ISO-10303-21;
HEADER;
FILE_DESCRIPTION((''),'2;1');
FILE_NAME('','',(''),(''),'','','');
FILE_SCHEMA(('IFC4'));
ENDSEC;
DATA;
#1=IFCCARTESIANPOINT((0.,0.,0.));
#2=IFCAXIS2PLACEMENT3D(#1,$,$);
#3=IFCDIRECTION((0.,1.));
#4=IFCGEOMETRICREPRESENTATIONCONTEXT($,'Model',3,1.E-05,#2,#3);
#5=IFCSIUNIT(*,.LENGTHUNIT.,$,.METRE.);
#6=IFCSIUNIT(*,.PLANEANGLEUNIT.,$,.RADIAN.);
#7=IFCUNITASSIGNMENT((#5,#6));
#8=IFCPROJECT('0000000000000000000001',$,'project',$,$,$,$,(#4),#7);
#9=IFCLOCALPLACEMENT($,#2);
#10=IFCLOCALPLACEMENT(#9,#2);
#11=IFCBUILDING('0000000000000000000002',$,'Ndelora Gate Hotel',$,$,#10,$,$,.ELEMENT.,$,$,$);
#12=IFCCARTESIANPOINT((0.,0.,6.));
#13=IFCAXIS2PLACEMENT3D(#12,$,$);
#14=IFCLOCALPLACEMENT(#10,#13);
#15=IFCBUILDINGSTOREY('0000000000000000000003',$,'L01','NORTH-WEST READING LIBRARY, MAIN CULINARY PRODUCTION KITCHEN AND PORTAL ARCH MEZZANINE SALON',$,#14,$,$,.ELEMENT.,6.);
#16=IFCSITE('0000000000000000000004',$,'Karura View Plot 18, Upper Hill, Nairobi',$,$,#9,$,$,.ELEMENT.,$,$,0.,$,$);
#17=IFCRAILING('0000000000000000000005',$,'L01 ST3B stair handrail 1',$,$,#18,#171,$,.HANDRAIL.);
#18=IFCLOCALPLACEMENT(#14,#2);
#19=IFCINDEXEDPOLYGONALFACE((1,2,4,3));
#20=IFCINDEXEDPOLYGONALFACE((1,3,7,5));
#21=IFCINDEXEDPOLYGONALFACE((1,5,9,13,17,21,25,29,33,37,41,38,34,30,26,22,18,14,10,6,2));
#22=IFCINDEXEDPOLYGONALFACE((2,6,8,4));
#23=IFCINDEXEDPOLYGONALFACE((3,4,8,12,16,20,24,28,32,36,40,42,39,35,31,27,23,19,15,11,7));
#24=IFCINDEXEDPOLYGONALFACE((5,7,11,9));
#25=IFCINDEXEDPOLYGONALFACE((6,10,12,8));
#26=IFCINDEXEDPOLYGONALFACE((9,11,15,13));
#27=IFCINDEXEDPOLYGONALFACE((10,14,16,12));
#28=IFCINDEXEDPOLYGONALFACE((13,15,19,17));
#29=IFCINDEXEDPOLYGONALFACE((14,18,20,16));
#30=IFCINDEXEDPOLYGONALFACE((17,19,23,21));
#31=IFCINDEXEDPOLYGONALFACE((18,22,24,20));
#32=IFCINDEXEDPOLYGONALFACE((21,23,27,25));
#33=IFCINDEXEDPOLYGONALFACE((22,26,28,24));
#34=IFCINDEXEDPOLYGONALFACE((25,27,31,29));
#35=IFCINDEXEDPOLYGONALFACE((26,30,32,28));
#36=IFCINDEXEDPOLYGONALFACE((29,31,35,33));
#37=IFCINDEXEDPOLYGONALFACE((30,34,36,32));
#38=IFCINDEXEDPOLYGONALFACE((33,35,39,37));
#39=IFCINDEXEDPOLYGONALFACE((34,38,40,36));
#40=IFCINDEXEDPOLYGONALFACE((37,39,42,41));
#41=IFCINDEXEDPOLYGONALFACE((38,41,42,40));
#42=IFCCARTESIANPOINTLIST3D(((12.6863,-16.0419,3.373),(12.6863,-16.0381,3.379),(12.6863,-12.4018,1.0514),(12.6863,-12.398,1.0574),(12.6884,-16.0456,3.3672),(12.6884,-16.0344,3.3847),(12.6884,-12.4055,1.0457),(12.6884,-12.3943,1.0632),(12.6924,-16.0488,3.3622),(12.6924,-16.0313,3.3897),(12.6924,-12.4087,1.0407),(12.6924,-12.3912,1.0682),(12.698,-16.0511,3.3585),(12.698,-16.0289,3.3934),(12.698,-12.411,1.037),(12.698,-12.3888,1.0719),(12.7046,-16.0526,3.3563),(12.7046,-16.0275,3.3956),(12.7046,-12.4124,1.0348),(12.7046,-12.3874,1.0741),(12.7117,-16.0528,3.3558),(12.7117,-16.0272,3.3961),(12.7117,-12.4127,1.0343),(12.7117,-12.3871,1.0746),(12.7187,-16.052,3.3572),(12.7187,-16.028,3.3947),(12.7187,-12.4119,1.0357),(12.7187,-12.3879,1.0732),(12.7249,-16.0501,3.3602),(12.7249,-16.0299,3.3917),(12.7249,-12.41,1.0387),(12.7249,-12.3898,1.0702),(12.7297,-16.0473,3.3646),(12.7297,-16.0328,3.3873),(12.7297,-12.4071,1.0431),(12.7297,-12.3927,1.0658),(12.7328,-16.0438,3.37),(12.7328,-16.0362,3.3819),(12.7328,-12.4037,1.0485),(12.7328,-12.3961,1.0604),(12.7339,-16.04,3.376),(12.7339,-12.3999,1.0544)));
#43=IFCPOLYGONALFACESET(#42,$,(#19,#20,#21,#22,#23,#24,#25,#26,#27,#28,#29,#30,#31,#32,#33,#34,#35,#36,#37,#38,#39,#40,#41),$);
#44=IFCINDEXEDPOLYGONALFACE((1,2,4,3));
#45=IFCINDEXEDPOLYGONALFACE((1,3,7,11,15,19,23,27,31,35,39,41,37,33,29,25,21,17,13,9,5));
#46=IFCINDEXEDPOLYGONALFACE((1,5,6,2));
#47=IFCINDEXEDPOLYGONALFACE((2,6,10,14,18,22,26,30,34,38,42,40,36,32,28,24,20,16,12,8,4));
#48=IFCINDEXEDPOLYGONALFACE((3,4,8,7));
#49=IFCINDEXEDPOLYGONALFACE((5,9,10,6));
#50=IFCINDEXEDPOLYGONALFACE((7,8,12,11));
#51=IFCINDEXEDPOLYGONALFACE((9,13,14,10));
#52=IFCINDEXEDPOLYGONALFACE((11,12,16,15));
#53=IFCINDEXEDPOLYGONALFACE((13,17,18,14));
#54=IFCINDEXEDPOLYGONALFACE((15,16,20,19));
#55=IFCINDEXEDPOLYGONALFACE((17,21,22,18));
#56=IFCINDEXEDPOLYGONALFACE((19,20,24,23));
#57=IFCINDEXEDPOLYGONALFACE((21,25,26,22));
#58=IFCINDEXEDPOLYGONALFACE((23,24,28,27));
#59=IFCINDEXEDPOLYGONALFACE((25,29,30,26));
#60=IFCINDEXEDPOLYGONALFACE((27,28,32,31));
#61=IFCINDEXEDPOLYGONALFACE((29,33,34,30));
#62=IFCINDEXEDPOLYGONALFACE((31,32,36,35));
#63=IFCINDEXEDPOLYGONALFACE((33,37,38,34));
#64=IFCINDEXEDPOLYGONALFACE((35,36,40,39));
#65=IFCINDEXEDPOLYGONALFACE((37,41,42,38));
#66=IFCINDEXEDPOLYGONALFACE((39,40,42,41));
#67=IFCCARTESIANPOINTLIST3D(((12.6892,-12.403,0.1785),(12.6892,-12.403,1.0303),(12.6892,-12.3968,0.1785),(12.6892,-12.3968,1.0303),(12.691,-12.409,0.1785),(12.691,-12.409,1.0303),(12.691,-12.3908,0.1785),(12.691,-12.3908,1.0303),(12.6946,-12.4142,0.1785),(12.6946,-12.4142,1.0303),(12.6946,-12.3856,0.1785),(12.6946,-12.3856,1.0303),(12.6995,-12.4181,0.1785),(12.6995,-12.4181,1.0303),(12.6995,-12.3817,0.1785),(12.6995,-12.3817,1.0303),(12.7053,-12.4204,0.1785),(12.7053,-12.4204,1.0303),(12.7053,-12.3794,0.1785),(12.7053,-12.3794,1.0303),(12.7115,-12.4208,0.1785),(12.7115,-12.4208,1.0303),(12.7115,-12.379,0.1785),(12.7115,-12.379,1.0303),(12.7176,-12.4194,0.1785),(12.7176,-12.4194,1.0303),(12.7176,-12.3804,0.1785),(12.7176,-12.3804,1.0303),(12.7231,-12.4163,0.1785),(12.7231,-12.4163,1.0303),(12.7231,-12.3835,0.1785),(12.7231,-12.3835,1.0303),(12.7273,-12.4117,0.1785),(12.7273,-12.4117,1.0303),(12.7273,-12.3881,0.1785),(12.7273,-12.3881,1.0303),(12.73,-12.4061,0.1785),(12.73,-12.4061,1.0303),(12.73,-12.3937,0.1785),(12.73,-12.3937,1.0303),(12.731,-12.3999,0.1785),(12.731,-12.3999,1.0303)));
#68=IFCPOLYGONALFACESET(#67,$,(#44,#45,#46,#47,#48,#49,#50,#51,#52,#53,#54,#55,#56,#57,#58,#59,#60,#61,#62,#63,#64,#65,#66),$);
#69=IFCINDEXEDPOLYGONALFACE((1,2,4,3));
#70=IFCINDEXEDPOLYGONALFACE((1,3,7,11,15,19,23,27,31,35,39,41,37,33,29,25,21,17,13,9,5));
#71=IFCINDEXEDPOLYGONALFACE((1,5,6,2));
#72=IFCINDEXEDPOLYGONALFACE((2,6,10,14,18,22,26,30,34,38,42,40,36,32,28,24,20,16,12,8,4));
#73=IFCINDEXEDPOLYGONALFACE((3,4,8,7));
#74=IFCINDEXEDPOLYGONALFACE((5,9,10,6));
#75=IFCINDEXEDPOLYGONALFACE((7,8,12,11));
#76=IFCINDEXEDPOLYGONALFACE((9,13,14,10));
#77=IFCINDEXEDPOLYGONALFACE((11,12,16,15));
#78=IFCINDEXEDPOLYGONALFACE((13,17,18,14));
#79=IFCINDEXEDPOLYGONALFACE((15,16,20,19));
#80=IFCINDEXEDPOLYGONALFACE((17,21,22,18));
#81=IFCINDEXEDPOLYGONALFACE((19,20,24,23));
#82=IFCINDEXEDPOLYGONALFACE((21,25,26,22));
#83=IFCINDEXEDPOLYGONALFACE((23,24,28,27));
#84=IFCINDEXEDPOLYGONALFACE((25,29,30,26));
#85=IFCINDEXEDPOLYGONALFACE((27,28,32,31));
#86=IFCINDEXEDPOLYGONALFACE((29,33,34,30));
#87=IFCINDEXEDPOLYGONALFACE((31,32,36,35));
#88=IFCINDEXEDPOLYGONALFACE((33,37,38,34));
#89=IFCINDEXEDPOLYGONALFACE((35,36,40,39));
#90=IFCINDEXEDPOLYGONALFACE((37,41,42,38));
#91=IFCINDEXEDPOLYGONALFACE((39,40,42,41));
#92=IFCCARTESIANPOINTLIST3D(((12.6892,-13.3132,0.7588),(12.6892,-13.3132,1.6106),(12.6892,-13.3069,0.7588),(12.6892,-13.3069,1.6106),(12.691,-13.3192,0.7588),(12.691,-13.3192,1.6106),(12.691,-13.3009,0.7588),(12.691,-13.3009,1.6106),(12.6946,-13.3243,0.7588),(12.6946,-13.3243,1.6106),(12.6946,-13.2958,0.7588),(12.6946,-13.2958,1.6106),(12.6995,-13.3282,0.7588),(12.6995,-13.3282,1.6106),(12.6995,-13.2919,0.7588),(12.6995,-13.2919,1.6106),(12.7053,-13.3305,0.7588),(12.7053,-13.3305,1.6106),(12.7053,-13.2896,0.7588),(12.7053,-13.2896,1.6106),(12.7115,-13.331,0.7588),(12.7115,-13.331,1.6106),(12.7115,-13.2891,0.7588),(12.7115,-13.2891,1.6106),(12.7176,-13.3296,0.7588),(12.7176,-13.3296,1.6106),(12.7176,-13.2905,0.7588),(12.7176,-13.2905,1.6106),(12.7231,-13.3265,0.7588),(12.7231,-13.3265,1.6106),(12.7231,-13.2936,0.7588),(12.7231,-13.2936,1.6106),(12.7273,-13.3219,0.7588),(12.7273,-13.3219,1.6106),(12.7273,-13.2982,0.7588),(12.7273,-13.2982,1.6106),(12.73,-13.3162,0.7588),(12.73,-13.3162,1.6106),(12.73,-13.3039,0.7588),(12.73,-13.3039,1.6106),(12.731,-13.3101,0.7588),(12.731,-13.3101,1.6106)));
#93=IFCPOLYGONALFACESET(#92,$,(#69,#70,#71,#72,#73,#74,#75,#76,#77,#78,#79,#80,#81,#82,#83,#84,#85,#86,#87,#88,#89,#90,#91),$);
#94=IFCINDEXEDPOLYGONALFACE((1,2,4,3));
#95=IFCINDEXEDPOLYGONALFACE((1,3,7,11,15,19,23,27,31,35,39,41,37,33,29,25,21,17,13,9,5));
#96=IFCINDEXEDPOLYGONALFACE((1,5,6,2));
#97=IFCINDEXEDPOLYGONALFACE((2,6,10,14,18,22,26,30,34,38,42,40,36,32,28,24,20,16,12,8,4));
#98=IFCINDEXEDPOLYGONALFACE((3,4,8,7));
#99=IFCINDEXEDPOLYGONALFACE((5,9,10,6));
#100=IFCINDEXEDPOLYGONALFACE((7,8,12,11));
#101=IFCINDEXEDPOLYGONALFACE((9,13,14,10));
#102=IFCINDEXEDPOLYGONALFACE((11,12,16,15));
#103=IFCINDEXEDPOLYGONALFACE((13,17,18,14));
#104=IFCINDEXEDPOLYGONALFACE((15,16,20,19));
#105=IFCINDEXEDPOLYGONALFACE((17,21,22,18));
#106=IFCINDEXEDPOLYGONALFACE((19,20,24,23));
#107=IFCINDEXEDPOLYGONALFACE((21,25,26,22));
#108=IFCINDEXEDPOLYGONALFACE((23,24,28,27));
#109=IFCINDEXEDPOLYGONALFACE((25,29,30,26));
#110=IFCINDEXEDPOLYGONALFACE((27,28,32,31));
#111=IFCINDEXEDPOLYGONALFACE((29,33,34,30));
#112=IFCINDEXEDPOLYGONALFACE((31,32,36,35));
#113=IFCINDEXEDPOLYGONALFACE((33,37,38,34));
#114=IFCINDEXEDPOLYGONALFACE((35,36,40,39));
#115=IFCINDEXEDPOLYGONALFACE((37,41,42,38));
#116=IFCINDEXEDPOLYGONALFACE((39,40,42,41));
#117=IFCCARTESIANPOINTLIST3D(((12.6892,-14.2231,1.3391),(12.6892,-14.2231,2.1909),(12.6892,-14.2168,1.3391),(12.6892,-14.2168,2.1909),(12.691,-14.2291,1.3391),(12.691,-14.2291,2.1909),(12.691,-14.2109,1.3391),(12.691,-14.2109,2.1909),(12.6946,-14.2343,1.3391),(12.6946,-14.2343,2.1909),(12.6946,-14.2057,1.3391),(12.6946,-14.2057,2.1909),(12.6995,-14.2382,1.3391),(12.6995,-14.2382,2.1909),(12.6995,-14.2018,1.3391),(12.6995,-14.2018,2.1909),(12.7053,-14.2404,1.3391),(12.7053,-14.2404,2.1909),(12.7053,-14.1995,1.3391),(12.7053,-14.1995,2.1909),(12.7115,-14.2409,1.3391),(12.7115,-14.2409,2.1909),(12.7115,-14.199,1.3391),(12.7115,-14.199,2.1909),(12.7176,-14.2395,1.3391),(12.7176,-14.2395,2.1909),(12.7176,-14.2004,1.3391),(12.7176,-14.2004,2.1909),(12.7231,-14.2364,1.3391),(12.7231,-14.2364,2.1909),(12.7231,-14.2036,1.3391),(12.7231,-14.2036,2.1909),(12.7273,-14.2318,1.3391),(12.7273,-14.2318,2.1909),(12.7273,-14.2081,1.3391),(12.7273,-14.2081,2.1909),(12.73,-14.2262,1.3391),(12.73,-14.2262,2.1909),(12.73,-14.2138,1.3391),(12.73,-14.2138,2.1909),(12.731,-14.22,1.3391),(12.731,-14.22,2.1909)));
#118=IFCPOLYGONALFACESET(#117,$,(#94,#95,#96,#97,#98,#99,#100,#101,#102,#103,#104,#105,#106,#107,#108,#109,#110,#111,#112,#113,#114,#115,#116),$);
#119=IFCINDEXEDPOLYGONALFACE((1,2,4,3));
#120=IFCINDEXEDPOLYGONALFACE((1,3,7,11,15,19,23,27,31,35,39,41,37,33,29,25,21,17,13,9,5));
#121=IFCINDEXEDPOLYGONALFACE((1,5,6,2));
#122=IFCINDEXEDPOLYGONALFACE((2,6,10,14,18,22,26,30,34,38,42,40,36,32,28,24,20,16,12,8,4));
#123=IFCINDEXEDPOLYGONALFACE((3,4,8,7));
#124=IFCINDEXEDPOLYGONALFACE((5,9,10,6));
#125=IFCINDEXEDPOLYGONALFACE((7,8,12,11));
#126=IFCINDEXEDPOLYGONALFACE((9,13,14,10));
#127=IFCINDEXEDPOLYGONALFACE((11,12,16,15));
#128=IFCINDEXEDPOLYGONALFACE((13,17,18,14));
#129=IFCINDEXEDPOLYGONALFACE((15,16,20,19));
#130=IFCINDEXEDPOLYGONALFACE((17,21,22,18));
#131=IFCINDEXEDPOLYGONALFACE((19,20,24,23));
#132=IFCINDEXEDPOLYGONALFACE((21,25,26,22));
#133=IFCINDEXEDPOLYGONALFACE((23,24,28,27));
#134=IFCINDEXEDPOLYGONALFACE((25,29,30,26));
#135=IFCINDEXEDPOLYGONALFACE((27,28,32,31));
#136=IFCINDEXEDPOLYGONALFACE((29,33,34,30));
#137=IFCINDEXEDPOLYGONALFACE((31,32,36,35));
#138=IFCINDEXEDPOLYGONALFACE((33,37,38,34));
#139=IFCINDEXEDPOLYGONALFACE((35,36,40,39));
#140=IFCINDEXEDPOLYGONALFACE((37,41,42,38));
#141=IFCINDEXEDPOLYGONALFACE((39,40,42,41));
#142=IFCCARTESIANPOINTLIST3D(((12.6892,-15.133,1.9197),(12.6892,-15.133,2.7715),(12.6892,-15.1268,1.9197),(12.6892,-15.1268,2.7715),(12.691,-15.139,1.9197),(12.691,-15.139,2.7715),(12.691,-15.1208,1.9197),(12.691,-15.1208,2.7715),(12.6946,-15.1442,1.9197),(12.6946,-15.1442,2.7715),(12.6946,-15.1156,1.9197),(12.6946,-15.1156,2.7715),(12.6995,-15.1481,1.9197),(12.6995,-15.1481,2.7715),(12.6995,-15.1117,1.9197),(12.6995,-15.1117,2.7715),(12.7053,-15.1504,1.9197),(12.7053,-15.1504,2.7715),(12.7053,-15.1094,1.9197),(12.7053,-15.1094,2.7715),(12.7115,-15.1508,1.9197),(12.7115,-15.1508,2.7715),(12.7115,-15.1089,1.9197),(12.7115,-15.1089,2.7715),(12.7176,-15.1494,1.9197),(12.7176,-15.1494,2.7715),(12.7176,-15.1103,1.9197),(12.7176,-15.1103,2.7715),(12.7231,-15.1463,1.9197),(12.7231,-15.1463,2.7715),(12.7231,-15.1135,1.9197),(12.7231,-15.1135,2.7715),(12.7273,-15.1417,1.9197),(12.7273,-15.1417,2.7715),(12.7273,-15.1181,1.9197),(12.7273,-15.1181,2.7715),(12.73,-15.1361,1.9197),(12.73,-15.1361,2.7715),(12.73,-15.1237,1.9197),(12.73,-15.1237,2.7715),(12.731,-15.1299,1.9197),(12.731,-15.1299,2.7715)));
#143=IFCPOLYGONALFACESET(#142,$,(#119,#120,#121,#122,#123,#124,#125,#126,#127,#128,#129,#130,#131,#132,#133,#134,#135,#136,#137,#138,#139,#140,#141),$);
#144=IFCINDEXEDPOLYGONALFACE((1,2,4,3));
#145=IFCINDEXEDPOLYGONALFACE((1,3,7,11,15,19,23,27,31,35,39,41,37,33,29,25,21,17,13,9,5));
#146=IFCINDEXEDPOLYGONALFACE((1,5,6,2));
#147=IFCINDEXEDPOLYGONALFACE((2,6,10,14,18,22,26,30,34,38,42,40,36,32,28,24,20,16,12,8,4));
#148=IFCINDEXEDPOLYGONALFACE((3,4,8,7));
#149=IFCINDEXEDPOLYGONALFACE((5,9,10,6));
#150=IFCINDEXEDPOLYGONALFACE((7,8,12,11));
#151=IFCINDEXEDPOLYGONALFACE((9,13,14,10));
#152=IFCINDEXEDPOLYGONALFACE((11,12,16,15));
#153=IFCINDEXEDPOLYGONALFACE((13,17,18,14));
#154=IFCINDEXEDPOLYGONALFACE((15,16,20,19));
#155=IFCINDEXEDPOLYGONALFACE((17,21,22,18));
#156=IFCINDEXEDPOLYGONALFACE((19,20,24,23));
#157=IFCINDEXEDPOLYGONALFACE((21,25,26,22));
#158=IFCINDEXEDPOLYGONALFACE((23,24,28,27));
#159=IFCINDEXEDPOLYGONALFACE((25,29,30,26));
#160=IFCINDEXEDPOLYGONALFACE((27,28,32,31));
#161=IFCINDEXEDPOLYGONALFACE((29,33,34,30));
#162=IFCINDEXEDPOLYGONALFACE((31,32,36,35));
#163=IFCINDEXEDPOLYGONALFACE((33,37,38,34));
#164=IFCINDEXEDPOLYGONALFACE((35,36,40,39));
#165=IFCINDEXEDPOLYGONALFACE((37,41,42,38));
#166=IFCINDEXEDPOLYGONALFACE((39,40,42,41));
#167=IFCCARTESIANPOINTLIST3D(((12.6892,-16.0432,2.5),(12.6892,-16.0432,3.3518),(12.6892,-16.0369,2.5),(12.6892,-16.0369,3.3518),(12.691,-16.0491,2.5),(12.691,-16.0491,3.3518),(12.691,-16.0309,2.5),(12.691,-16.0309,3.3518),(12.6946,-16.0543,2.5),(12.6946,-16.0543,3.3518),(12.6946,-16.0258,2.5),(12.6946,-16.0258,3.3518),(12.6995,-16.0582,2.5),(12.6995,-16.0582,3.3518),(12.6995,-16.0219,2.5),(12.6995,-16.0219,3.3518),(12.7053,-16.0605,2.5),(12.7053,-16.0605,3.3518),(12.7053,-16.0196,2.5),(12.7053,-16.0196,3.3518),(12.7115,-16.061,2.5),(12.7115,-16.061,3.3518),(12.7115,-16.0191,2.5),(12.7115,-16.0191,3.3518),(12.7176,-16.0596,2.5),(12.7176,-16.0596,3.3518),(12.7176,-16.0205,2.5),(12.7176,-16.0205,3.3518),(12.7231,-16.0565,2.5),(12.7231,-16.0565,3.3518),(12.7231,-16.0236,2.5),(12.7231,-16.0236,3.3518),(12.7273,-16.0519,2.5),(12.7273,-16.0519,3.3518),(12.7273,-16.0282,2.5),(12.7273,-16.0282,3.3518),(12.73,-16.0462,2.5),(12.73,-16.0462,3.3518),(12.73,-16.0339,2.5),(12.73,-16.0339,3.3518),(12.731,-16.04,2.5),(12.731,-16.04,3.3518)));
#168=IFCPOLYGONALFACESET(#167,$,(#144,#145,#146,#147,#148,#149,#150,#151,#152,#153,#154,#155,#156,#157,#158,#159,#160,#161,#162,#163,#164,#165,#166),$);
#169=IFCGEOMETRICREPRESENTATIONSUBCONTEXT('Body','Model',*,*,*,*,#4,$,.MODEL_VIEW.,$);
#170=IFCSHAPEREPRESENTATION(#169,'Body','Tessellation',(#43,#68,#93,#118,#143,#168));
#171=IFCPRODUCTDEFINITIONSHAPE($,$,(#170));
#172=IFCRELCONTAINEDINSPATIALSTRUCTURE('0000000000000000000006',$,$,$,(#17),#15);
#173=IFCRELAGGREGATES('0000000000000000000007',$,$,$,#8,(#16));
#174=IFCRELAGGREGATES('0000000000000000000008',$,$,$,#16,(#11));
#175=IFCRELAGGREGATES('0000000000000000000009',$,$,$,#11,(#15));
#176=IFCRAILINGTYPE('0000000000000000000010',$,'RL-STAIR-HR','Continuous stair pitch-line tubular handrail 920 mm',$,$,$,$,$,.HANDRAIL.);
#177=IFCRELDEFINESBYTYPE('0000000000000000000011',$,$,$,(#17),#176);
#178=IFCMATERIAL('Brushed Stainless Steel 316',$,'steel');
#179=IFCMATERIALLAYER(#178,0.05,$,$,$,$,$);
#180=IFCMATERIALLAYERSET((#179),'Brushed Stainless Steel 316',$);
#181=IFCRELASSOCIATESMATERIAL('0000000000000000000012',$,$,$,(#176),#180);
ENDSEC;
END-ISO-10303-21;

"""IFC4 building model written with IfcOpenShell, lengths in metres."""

from ifc_helpers import new_model, si_unit, direction, frame, origin, origin_2d, place, context, subcontext, project, spatial, circle, extrude, material, layer, layer_set, type_object, element, save


model = new_model("IFC4")

# Units and contexts
model_context = context("Model", 3, precision=1e-05, world=origin(), true_north=direction((0.0, 1.0)))
body_context = subcontext(model_context, "Body", "Model", "MODEL_VIEW")
ifc_project = project(units=[si_unit("LENGTHUNIT", "METRE"), si_unit("PLANEANGLEUNIT", "RADIAN")], contexts=[model_context])

# Site, building, storey
site_placement = place(None, origin())
site = spatial("IfcSite", under=ifc_project, at=site_placement, Name="Karura View Plot 18, Upper Hill, Nairobi", CompositionType="ELEMENT", RefElevation=0.0)
building_placement = place(site_placement, origin())
building = spatial("IfcBuilding", under=site, at=building_placement, Name="Ndelora Gate Hotel", CompositionType="ELEMENT")
storey_placement = place(building_placement, frame((0.0, 0.0, 6.0)))
storey = spatial("IfcBuildingStorey", under=building, at=storey_placement, Name="L01", Description="NORTH-WEST READING LIBRARY, MAIN CULINARY PRODUCTION KITCHEN AND PORTAL ARCH MEZZANINE SALON", CompositionType="ELEMENT", Elevation=6.0)

# Railing
ifc_material_1 = material(Name="Brushed Stainless Steel 316", Category="steel")
ifc_layer_1 = layer(ifc_material_1, 0.05)
ifc_layer_set_1 = layer_set([ifc_layer_1], Name="Brushed Stainless Steel 316")
railing_type_1 = type_object("IfcRailingType", Name="RL-STAIR-HR", Description="Continuous stair pitch-line tubular handrail 920 mm", PredefinedType="HANDRAIL", material=ifc_layer_set_1)
railing_1_placement = place(storey_placement, frame((12.71, -12.3999, 0.1785)))
element("IfcRailing", 1, at=railing_1_placement, inside=storey, type_object=railing_type_1, Name="L01 ST3B stair handrail 1", PredefinedType="HANDRAIL", context=body_context, shape_type="SweptSolid", body=[
    extrude(circle(Radius=0.0239, at=origin_2d()), frame((0.0, 0.0, 0.876), z_axis=(0.0, -0.843128, 0.537713), x_axis=(1.0, 0.0, 0.0)), (0.0, 0.0, 1.0), 4.3174),
    extrude(circle(Radius=0.021, at=origin_2d()), origin(), (0.0, 0.0, 1.0), 0.8518),
    extrude(circle(Radius=0.021, at=origin_2d()), frame((0.0, -0.9102, 0.5803)), (0.0, 0.0, 1.0), 0.8518),
    extrude(circle(Radius=0.021, at=origin_2d()), frame((0.0, -1.8201, 1.1606)), (0.0, 0.0, 1.0), 0.8518),
    extrude(circle(Radius=0.021, at=origin_2d()), frame((0.0, -2.73, 1.7412)), (0.0, 0.0, 1.0), 0.8518),
    extrude(circle(Radius=0.021, at=origin_2d()), frame((0.0, -3.6401, 2.3215)), (0.0, 0.0, 1.0), 0.8518),
])

save(model, "model.ifc")
